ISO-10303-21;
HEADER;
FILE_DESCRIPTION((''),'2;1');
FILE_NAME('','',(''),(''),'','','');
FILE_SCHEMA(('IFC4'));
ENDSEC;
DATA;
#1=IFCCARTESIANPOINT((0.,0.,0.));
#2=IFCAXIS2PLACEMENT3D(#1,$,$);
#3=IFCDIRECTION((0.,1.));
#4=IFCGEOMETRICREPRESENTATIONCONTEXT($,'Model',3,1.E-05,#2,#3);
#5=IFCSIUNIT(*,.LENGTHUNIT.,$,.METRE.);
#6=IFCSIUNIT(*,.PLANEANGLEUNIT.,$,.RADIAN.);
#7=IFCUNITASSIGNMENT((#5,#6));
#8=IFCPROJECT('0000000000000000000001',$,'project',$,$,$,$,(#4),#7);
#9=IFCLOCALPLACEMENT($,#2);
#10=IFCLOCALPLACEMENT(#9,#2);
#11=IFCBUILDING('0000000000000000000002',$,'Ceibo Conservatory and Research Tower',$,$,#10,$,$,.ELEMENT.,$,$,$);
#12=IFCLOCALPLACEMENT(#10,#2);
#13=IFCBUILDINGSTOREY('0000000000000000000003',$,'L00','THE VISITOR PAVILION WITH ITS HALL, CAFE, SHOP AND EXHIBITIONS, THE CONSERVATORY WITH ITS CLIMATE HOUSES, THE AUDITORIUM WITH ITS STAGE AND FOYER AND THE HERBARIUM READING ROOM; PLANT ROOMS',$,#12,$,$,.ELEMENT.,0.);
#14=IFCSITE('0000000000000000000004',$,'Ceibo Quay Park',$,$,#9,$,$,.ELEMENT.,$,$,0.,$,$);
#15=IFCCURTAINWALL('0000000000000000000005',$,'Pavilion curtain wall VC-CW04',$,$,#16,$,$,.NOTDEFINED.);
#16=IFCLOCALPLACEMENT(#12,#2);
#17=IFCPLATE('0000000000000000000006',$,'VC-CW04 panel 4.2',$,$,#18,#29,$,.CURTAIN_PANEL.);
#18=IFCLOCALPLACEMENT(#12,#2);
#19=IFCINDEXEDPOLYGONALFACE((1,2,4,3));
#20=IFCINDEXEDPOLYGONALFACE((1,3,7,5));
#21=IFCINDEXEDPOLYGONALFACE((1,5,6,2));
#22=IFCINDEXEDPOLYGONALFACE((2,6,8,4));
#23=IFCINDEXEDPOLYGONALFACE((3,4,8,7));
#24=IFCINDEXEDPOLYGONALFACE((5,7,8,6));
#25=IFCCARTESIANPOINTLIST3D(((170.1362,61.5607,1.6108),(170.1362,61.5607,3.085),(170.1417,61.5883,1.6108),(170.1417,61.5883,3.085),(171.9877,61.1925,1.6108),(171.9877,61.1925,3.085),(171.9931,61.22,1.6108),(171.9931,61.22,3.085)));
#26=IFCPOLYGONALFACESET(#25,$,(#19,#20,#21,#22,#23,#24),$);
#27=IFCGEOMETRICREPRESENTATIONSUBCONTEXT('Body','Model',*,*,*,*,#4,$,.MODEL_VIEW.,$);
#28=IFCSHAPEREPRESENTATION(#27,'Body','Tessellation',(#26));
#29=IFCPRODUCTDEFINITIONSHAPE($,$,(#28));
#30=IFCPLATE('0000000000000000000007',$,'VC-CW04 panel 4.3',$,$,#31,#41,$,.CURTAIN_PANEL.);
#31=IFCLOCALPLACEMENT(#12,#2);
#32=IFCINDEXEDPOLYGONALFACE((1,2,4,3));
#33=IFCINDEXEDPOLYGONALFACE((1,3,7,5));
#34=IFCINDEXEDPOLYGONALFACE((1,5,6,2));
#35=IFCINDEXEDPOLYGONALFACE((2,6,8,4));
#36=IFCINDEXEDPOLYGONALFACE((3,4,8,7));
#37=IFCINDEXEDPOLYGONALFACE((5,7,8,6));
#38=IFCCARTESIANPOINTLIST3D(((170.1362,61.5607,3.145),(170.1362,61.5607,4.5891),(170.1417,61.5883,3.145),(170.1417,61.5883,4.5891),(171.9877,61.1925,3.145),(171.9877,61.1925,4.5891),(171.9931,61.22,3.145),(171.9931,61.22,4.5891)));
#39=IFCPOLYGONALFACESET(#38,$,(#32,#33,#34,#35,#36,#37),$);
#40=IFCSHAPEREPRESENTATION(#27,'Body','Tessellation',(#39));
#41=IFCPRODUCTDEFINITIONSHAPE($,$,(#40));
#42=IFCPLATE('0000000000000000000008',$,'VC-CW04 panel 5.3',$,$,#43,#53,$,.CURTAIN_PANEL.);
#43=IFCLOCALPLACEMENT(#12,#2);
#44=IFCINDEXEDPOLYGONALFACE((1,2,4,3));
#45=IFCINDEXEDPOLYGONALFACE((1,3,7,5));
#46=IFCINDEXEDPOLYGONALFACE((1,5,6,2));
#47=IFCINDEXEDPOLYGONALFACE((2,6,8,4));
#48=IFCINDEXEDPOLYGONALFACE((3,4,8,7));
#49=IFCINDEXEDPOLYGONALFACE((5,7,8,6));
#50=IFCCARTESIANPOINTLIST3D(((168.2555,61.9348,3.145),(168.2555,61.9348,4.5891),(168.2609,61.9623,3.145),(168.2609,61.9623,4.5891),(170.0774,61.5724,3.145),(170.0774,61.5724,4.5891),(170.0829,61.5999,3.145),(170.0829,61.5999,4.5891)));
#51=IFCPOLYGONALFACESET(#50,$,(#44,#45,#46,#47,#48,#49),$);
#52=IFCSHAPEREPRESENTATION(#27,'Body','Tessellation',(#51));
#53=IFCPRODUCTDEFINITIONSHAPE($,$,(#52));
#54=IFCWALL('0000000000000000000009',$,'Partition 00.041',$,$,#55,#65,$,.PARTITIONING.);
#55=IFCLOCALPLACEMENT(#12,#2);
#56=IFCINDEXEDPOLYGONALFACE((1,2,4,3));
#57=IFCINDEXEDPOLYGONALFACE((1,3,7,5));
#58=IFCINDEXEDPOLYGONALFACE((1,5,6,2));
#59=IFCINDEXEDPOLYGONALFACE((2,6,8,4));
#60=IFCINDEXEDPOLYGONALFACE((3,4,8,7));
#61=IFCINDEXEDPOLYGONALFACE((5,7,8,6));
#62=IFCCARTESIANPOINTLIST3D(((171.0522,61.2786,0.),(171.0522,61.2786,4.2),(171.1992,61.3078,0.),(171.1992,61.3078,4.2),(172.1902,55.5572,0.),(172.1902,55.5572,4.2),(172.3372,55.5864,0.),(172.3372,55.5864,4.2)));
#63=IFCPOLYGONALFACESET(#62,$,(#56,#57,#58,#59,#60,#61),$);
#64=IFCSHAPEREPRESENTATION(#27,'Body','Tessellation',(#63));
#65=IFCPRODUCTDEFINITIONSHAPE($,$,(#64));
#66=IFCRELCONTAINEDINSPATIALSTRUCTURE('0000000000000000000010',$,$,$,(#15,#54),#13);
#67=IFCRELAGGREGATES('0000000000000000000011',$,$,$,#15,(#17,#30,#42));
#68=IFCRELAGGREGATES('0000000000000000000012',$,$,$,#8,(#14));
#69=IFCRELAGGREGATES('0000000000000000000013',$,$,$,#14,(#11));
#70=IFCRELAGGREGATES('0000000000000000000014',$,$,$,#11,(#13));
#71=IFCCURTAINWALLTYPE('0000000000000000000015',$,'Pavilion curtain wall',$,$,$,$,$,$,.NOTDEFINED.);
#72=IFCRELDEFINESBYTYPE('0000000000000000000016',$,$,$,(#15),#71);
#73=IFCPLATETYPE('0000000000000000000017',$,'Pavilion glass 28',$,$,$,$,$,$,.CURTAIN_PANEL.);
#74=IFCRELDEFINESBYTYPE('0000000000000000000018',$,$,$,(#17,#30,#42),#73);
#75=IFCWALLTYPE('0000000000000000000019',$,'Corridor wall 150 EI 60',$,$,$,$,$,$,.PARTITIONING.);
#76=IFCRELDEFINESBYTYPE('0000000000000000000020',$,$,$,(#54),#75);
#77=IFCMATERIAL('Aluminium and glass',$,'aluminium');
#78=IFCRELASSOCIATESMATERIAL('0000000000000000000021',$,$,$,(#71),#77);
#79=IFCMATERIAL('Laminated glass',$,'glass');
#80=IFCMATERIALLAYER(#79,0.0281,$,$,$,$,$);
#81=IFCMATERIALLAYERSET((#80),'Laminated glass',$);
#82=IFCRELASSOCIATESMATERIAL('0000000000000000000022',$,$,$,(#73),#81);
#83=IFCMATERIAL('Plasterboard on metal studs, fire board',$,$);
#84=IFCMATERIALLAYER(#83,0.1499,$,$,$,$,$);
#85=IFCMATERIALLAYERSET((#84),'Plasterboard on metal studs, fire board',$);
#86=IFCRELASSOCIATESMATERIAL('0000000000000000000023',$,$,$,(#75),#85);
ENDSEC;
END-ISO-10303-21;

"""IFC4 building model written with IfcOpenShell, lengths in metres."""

from ifc_helpers import new_model, si_unit, direction, frame, frame_2d, origin, origin_2d, place, context, subcontext, project, spatial, rectangle, extrude, material, layer, layer_set, type_object, element, aggregate, save


model = new_model("IFC4")

# Units and contexts
model_context = context("Model", 3, precision=1e-05, world=origin(), true_north=direction((0.0, 1.0)))
body_context = subcontext(model_context, "Body", "Model", "MODEL_VIEW")
ifc_project = project(units=[si_unit("LENGTHUNIT", "METRE"), si_unit("PLANEANGLEUNIT", "RADIAN")], contexts=[model_context])

# Site, building, storey
site_placement = place(None, origin())
site = spatial("IfcSite", under=ifc_project, at=site_placement, Name="Ceibo Quay Park", CompositionType="ELEMENT", RefElevation=0.0)
building_placement = place(site_placement, origin())
building = spatial("IfcBuilding", under=site, at=building_placement, Name="Ceibo Conservatory and Research Tower", CompositionType="ELEMENT")
storey_placement = place(building_placement, origin())
storey = spatial("IfcBuildingStorey", under=building, at=storey_placement, Name="L00", Description="THE VISITOR PAVILION WITH ITS HALL, CAFE, SHOP AND EXHIBITIONS, THE CONSERVATORY WITH ITS CLIMATE HOUSES, THE AUDITORIUM WITH ITS STAGE AND FOYER AND THE HERBARIUM READING ROOM; PLANT ROOMS", CompositionType="ELEMENT", Elevation=0.0)

# Curtain wall, plates
ifc_material_1 = material(Name="Aluminium and glass", Category="aluminium")
curtain_wall_type = type_object("IfcCurtainWallType", Name="Pavilion curtain wall", PredefinedType="NOTDEFINED", material=ifc_material_1)
curtain_wall_placement = place(storey_placement, origin())
curtain_wall = element("IfcCurtainWall", 1, at=curtain_wall_placement, inside=storey, type_object=curtain_wall_type, Name="Pavilion curtain wall VC-CW04", PredefinedType="NOTDEFINED")
ifc_material_2 = material(Name="Laminated glass", Category="glass")
ifc_layer_1 = layer(ifc_material_2, 0.0281)
ifc_layer_set_1 = layer_set([ifc_layer_1], Name="Laminated glass")
plate_type = type_object("IfcPlateType", Name="Pavilion glass 28", PredefinedType="CURTAIN_PANEL", material=ifc_layer_set_1)
plate_1_placement = place(storey_placement, frame((171.0647, 61.3904, 1.6108), z_axis=(0.0, 0.0, 1.0), x_axis=(-0.980785, 0.19509, 0.0)))
plate_1 = element("IfcPlate", 2, at=plate_1_placement, type_object=plate_type, Name="VC-CW04 panel 4.2", PredefinedType="CURTAIN_PANEL", context=body_context, shape_type="SweptSolid", body=[
    extrude(rectangle(XDim=1.8877, YDim=0.0281, at=origin_2d()), origin(), (0.0, 0.0, 1.0), 1.4741),
])
plate_2_placement = place(storey_placement, frame((171.0647, 61.3904, 3.145), z_axis=(0.0, 0.0, 1.0), x_axis=(-0.980785, 0.19509, 0.0)))
plate_2 = element("IfcPlate", 3, at=plate_2_placement, type_object=plate_type, Name="VC-CW04 panel 4.3", PredefinedType="CURTAIN_PANEL", context=body_context, shape_type="SweptSolid", body=[
    extrude(rectangle(XDim=1.8877, YDim=0.0281, at=origin_2d()), origin(), (0.0, 0.0, 1.0), 1.4441),
])
plate_3_placement = place(storey_placement, frame((169.1692, 61.7673, 3.145), z_axis=(0.0, 0.0, 1.0), x_axis=(-0.980785, 0.19509, 0.0)))
plate_3 = element("IfcPlate", 4, at=plate_3_placement, type_object=plate_type, Name="VC-CW04 panel 5.3", PredefinedType="CURTAIN_PANEL", context=body_context, shape_type="SweptSolid", body=[
    extrude(rectangle(XDim=1.8577, YDim=0.0281, at=origin_2d()), origin(), (0.0, 0.0, 1.0), 1.4441),
])
aggregate(curtain_wall, [plate_1, plate_2, plate_3])

# Wall
ifc_material_3 = material(Name="Plasterboard on metal studs, fire board")
ifc_layer_2 = layer(ifc_material_3, 0.1499)
ifc_layer_set_2 = layer_set([ifc_layer_2], Name="Plasterboard on metal studs, fire board")
wall_type = type_object("IfcWallType", Name="Corridor wall 150 EI 60", PredefinedType="PARTITIONING", material=ifc_layer_set_2)
wall_placement = place(storey_placement, frame((171.1257, 61.2932, 0.0), z_axis=(0.0, 0.0, 1.0), x_axis=(0.19507, -0.980789, 0.0)))
element("IfcWall", 5, at=wall_placement, inside=storey, type_object=wall_type, Name="Partition 00.041", PredefinedType="PARTITIONING", context=body_context, shape_type="SweptSolid", body=[
    extrude(rectangle(XDim=5.8335, YDim=0.1499, at=frame_2d((2.9167, 0.0))), origin(), (0.0, 0.0, 1.0), 4.2),
])

save(model, "model.ifc")
